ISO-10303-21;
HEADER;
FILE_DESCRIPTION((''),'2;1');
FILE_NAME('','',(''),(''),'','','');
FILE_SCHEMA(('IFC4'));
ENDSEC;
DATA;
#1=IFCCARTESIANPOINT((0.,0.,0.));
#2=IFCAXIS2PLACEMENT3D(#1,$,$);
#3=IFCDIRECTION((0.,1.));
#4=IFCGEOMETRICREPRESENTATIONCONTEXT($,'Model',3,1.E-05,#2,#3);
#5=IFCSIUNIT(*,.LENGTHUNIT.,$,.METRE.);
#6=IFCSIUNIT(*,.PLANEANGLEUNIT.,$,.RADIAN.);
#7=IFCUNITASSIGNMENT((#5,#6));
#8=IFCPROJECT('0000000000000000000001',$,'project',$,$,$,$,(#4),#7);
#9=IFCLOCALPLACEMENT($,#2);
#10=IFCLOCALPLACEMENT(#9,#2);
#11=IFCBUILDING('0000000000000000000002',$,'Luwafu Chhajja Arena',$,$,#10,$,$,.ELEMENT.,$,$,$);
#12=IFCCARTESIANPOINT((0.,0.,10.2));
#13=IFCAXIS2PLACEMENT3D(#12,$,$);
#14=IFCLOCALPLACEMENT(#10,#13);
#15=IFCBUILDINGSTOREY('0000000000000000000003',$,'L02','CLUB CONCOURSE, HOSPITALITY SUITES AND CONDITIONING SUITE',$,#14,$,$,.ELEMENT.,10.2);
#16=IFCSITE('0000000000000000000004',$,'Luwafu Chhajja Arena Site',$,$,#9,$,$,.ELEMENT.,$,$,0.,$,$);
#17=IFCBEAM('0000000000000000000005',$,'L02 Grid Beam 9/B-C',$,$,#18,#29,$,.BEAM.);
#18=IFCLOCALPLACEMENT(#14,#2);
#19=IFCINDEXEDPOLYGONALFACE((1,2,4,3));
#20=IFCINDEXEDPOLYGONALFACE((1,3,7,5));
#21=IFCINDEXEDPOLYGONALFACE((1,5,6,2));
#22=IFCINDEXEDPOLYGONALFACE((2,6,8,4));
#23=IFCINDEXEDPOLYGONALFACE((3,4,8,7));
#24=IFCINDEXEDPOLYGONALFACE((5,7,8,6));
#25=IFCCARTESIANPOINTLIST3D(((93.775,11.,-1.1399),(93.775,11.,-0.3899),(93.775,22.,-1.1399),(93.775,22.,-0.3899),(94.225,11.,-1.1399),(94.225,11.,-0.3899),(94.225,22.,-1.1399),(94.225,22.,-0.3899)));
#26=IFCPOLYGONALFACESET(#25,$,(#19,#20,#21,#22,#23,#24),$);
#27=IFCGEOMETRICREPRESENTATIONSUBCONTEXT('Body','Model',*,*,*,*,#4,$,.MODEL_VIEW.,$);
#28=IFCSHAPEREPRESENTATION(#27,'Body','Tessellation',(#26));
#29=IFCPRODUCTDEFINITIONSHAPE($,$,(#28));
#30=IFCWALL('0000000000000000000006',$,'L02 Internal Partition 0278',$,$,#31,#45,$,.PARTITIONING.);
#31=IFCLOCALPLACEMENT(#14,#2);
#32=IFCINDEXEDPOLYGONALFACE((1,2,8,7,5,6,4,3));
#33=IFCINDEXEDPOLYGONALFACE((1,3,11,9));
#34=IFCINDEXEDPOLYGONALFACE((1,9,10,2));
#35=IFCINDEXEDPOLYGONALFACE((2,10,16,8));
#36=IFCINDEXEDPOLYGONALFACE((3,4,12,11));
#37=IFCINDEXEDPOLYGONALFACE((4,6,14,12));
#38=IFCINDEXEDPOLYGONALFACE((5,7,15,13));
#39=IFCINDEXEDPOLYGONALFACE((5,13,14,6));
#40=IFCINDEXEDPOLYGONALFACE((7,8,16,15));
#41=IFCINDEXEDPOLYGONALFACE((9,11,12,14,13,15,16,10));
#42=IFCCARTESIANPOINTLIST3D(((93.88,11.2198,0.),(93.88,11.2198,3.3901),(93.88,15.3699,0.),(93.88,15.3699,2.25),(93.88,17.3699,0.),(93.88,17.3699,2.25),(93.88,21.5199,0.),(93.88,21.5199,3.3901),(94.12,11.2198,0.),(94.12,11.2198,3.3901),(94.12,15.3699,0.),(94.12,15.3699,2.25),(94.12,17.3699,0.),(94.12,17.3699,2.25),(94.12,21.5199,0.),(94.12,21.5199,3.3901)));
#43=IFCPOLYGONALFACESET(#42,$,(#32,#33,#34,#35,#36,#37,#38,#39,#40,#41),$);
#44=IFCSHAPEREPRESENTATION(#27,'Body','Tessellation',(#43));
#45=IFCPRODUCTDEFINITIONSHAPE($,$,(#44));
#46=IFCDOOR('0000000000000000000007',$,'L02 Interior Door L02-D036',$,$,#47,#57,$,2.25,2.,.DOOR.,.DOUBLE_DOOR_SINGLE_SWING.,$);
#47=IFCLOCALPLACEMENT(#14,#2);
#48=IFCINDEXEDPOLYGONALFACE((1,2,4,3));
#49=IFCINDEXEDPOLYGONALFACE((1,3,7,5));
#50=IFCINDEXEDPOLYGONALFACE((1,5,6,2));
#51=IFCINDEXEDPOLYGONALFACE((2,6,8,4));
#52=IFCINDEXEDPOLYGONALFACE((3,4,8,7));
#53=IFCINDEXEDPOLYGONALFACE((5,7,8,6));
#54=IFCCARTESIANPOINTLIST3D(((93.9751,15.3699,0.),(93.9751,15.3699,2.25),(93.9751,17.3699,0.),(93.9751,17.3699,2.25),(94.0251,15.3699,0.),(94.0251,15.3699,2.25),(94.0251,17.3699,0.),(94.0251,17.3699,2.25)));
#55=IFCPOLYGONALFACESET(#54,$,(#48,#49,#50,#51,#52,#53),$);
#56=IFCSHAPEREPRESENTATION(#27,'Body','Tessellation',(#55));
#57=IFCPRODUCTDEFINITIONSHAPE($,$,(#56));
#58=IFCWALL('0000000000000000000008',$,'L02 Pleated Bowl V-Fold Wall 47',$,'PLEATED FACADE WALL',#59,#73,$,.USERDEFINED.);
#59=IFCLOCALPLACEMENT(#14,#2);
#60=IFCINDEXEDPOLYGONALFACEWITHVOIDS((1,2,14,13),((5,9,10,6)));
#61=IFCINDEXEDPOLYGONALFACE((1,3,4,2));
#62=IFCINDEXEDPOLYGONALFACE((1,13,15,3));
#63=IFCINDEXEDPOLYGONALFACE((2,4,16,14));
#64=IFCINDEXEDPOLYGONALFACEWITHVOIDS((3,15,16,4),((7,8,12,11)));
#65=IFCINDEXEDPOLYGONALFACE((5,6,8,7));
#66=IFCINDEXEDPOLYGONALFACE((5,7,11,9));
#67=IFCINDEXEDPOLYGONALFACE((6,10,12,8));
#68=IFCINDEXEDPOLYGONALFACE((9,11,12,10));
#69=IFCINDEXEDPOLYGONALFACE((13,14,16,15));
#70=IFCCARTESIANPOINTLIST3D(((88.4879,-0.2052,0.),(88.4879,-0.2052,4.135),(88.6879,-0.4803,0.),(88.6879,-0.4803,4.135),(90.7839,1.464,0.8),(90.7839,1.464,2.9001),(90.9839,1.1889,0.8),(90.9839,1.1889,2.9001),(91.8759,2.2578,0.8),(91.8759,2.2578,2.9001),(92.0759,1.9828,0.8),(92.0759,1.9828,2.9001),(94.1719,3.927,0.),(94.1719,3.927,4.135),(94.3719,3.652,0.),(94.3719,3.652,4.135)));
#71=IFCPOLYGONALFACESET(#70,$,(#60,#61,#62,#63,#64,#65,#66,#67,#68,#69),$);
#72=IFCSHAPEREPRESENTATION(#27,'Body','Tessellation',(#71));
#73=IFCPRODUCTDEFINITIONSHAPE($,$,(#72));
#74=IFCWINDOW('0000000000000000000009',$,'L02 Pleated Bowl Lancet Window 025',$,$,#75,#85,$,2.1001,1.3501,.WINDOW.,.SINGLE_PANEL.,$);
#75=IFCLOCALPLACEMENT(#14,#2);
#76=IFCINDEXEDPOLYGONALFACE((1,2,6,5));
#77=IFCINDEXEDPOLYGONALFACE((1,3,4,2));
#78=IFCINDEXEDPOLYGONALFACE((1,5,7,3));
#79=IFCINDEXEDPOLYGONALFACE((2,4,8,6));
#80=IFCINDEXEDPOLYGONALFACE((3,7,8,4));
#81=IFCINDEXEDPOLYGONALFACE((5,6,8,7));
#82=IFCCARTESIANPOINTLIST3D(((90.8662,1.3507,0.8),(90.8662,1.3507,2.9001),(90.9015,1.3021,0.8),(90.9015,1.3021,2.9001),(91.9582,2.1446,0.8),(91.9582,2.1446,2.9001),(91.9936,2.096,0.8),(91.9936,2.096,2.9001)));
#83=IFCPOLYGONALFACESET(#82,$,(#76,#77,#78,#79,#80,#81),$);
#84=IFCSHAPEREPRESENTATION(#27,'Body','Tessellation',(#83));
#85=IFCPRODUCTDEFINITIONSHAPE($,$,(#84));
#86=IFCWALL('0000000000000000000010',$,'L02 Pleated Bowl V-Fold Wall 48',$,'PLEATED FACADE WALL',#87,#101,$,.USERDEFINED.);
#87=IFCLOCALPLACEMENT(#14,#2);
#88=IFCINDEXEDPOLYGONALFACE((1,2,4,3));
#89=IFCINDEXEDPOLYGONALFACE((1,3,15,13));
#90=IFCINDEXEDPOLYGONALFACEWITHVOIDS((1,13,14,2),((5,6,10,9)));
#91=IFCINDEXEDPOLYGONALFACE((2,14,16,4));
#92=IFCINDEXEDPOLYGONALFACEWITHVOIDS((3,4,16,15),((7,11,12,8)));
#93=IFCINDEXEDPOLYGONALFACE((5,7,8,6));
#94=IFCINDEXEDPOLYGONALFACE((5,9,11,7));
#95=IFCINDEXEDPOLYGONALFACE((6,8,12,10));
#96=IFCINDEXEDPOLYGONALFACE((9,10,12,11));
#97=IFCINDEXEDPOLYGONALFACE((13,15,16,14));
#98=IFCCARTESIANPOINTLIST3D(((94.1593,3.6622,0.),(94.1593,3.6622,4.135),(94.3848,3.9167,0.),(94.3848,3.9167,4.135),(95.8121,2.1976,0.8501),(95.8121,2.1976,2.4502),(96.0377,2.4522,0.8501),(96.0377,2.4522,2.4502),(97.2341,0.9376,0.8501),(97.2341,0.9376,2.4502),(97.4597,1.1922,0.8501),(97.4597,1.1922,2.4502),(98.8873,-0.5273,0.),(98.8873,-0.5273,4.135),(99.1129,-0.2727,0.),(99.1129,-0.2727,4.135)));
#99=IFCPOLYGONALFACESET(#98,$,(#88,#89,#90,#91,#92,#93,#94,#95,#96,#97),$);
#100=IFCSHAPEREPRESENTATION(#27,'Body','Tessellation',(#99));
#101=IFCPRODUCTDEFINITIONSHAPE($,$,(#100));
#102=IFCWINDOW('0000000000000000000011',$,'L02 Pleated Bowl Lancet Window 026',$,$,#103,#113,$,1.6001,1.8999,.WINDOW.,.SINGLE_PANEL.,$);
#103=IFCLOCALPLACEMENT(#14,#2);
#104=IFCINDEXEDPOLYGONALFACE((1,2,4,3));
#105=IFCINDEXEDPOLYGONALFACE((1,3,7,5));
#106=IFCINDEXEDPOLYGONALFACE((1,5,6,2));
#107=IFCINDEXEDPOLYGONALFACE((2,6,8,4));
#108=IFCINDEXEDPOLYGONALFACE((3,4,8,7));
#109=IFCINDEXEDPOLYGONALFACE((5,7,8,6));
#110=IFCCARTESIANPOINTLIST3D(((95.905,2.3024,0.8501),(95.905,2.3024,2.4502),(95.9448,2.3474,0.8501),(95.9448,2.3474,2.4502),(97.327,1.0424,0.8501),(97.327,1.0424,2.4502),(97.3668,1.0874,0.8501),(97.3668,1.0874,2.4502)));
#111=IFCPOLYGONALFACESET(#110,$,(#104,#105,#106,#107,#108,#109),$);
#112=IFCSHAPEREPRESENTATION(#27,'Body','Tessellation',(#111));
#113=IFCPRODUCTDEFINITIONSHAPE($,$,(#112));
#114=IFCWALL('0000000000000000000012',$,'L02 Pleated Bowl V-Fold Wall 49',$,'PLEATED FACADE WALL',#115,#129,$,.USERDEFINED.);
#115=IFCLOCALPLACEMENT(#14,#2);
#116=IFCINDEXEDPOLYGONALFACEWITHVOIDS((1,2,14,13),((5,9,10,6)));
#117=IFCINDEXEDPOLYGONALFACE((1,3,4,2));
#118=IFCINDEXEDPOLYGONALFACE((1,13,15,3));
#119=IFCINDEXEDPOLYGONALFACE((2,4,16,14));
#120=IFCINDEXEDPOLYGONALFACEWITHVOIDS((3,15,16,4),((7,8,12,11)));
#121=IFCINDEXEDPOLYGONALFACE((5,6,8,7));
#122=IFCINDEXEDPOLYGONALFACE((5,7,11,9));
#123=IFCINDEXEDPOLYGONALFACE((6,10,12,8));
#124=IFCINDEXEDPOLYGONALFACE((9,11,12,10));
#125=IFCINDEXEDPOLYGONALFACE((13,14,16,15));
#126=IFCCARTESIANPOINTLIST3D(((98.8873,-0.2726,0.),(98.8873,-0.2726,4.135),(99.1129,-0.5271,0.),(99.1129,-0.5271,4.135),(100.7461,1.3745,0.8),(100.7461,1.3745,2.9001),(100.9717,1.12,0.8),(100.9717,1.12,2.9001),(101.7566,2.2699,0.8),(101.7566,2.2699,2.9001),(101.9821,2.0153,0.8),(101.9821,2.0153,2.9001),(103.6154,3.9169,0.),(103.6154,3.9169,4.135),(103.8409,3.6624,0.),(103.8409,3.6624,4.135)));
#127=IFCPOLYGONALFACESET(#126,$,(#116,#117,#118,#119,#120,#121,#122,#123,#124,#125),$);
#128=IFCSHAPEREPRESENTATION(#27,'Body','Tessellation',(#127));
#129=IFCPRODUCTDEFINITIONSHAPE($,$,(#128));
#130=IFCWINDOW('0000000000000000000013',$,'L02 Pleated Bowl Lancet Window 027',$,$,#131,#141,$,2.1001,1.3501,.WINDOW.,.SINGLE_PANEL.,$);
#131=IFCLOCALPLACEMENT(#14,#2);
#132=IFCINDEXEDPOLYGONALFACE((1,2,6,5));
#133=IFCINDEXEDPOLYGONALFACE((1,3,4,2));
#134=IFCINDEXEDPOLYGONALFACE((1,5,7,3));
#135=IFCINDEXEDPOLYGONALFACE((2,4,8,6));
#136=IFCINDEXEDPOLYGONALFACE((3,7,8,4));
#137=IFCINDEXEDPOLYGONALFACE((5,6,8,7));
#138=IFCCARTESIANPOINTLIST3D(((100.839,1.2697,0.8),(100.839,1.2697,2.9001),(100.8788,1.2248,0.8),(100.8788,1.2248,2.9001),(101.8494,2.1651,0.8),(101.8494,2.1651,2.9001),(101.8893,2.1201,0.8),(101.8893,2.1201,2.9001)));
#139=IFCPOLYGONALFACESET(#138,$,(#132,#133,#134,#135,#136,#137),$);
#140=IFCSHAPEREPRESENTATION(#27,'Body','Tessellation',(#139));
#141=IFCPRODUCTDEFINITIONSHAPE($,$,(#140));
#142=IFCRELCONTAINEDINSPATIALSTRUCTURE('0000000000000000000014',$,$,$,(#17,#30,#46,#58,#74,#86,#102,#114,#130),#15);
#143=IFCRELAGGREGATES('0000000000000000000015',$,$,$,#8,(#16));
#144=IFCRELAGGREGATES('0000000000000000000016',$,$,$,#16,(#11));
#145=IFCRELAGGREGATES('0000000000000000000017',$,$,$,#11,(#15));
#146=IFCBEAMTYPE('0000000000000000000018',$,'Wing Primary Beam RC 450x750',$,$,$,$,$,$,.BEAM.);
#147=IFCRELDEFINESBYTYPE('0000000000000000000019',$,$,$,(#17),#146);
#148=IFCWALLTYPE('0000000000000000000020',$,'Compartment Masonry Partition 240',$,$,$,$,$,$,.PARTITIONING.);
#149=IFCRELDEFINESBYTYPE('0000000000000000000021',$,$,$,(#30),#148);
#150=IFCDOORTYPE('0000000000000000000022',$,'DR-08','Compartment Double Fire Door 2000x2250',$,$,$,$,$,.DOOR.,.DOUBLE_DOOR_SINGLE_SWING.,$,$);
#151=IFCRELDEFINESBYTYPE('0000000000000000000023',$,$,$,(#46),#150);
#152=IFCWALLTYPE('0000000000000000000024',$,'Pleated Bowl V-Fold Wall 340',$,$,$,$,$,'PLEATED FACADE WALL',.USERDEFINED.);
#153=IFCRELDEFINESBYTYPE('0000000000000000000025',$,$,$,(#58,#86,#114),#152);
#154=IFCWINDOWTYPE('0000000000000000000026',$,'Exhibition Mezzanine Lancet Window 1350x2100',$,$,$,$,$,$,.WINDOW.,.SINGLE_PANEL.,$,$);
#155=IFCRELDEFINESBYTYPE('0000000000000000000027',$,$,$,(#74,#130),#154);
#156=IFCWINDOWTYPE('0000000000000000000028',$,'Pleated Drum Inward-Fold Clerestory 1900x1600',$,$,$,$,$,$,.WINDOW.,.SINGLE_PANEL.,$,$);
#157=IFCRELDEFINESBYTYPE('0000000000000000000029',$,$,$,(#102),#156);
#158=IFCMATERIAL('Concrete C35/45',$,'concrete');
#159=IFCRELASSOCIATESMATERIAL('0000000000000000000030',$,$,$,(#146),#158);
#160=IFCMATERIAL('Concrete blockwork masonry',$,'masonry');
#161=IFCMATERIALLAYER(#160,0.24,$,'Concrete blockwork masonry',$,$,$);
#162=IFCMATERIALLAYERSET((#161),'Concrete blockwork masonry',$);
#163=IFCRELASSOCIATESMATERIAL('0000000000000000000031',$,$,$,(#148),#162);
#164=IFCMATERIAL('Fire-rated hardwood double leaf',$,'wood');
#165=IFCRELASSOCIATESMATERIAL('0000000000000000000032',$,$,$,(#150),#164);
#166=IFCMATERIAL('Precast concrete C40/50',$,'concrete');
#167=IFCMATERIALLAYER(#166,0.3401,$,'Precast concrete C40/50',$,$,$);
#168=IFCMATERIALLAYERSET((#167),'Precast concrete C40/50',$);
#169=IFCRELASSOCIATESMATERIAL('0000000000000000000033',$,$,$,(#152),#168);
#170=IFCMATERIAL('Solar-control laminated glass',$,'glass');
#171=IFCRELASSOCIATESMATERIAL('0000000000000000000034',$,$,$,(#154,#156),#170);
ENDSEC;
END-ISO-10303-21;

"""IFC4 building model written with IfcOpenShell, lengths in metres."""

from ifc_helpers import new_model, si_unit, direction, frame, frame_2d, origin, origin_2d, place, context, subcontext, project, spatial, rectangle, extrude, material, layer, layer_set, material_profile, profile_set, type_object, element, fill, save


model = new_model("IFC4")

# Units and contexts
model_context = context("Model", 3, precision=1e-05, world=origin(), true_north=direction((0.0, 1.0)))
body_context = subcontext(model_context, "Body", "Model", "MODEL_VIEW")
ifc_project = project(units=[si_unit("LENGTHUNIT", "METRE"), si_unit("PLANEANGLEUNIT", "RADIAN")], contexts=[model_context])

# Site, building, storey
site_placement = place(None, origin())
site = spatial("IfcSite", under=ifc_project, at=site_placement, Name="Luwafu Chhajja Arena Site", CompositionType="ELEMENT", RefElevation=0.0)
building_placement = place(site_placement, origin())
building = spatial("IfcBuilding", under=site, at=building_placement, Name="Luwafu Chhajja Arena", CompositionType="ELEMENT")
storey_placement = place(building_placement, frame((0.0, 0.0, 10.2)))
storey = spatial("IfcBuildingStorey", under=building, at=storey_placement, Name="L02", Description="CLUB CONCOURSE, HOSPITALITY SUITES AND CONDITIONING SUITE", CompositionType="ELEMENT", Elevation=10.2)

# Shared definitions
ifc_material_1 = material(Name="Concrete C35/45", Category="concrete")

# Beam
ifc_material_profile_1 = material_profile(ifc_material_1, rectangle(XDim=0.45, YDim=0.75, at=origin_2d()), Name="RC 450x750")
ifc_profile_set_1 = profile_set([ifc_material_profile_1], Name="Concrete C35/45")
beam_type_1 = type_object("IfcBeamType", Name="Wing Primary Beam RC 450x750", PredefinedType="BEAM", material=ifc_profile_set_1)
beam_1_placement = place(storey_placement, frame((94.0, 11.0, -0.7649), z_axis=(0.0, 1.0, 0.0), x_axis=(-1.0, 0.0, 0.0)))
element("IfcBeam", 1, at=beam_1_placement, inside=storey, type_object=beam_type_1, Name="L02 Grid Beam 9/B-C", PredefinedType="BEAM", context=body_context, shape_type="SweptSolid", body=[
    extrude(rectangle(XDim=0.45, YDim=0.75, at=origin_2d()), origin(), (0.0, 0.0, 1.0), 11.0),
])

# Wall, opening, door
ifc_material_2 = material(Name="Concrete blockwork masonry", Category="masonry")
ifc_layer_1 = layer(ifc_material_2, 0.24, Name="Concrete blockwork masonry")
ifc_layer_set_1 = layer_set([ifc_layer_1], Name="Concrete blockwork masonry")
wall_type_1 = type_object("IfcWallType", Name="Compartment Masonry Partition 240", PredefinedType="PARTITIONING", material=ifc_layer_set_1)
wall_1_placement = place(storey_placement, frame((94.0, 11.22, 0.0), z_axis=(0.0, 0.0, 1.0), x_axis=(0.0, 1.0, 0.0)))
wall_1 = element("IfcWall", 2, at=wall_1_placement, inside=storey, type_object=wall_type_1, Name="L02 Internal Partition 0278", PredefinedType="PARTITIONING", context=body_context, shape_type="SweptSolid", body=[
    extrude(rectangle(XDim=10.3, YDim=0.24, at=frame_2d((5.1499, 0.0))), origin(), (0.0, 0.0, 1.0), 3.3901),
])
opening_1_placement = place(wall_1_placement, frame((4.1499, 0.0, 0.0)))
opening_1 = element("IfcOpeningElement", 3, at=opening_1_placement, cuts=wall_1, PredefinedType="OPENING", context=body_context, shape_type="SweptSolid", body=[
    extrude(rectangle(XDim=2.0, YDim=2.25, at=frame_2d((1.0, 1.125))), frame((0.0, 0.1299, 0.0), z_axis=(0.0, -1.0, 0.0), x_axis=(1.0, 0.0, 0.0)), (0.0, 0.0, 1.0), 0.26),
])
ifc_material_3 = material(Name="Fire-rated hardwood double leaf", Category="wood")
door_type_1 = type_object("IfcDoorType", Name="DR-08", Description="Compartment Double Fire Door 2000x2250", OperationType="DOUBLE_DOOR_SINGLE_SWING", PredefinedType="DOOR", material=ifc_material_3)
door_1_placement = place(opening_1_placement, origin())
door_1 = element("IfcDoor", 4, at=door_1_placement, inside=storey, type_object=door_type_1, Name="L02 Interior Door L02-D036", OperationType="DOUBLE_DOOR_SINGLE_SWING", OverallHeight=2.25, OverallWidth=2.0, PredefinedType="DOOR", context=body_context, shape_type="SweptSolid", body=[
    extrude(rectangle(XDim=2.0, YDim=2.25, at=frame_2d((1.0, 1.125))), frame((0.0, 0.0249, 0.0), z_axis=(0.0, -1.0, 0.0), x_axis=(1.0, 0.0, 0.0)), (0.0, 0.0, 1.0), 0.05),
])
fill(opening_1, door_1)

# Walls, openings, windows
ifc_material_4 = material(Name="Precast concrete C40/50", Category="concrete")
ifc_layer_2 = layer(ifc_material_4, 0.3401, Name="Precast concrete C40/50")
ifc_layer_set_2 = layer_set([ifc_layer_2], Name="Precast concrete C40/50")
wall_type_2 = type_object("IfcWallType", Name="Pleated Bowl V-Fold Wall 340", ElementType="PLEATED FACADE WALL", PredefinedType="USERDEFINED", material=ifc_layer_set_2)
wall_2_placement = place(storey_placement, frame((88.5879, -0.3428, 0.0), z_axis=(0.0, 0.0, 1.0), x_axis=(0.808841, 0.588027, 0.0)))
wall_2 = element("IfcWall", 5, at=wall_2_placement, inside=storey, type_object=wall_type_2, Name="L02 Pleated Bowl V-Fold Wall 47", ObjectType="PLEATED FACADE WALL", PredefinedType="USERDEFINED", context=body_context, shape_type="SweptSolid", body=[
    extrude(rectangle(XDim=7.0273, YDim=0.3401, at=frame_2d((3.5137, 0.0))), origin(), (0.0, 0.0, 1.0), 4.135),
])
opening_2_placement = place(wall_2_placement, frame((2.8386, 0.0, 0.8)))
opening_2 = element("IfcOpeningElement", 6, at=opening_2_placement, cuts=wall_2, PredefinedType="OPENING", context=body_context, shape_type="SweptSolid", body=[
    extrude(rectangle(XDim=1.3501, YDim=2.1001, at=frame_2d((0.675, 1.05))), frame((0.0, 0.1799, 0.0), z_axis=(0.0, -1.0, 0.0), x_axis=(1.0, 0.0, 0.0)), (0.0, 0.0, 1.0), 0.3601),
])
ifc_material_5 = material(Name="Solar-control laminated glass", Category="glass")
window_type_1 = type_object("IfcWindowType", Name="Exhibition Mezzanine Lancet Window 1350x2100", PartitioningType="SINGLE_PANEL", PredefinedType="WINDOW", material=ifc_material_5)
window_1_placement = place(opening_2_placement, origin())
window_1 = element("IfcWindow", 7, at=window_1_placement, inside=storey, type_object=window_type_1, Name="L02 Pleated Bowl Lancet Window 025", OverallHeight=2.1001, OverallWidth=1.3501, PartitioningType="SINGLE_PANEL", PredefinedType="WINDOW", context=body_context, shape_type="SweptSolid", body=[
    extrude(rectangle(XDim=1.3501, YDim=2.1001, at=frame_2d((0.675, 1.05))), frame((0.0, 0.03, 0.0), z_axis=(0.0, -1.0, 0.0), x_axis=(1.0, 0.0, 0.0)), (0.0, 0.0, 1.0), 0.0601),
])
fill(opening_2, window_1)
wall_3_placement = place(storey_placement, frame((94.272, 3.7896, 0.0), z_axis=(0.0, 0.0, 1.0), x_axis=(0.748449, -0.663192, 0.0)))
wall_3 = element("IfcWall", 8, at=wall_3_placement, inside=storey, type_object=wall_type_2, Name="L02 Pleated Bowl V-Fold Wall 48", ObjectType="PLEATED FACADE WALL", PredefinedType="USERDEFINED", context=body_context, shape_type="SweptSolid", body=[
    extrude(rectangle(XDim=6.3171, YDim=0.3401, at=frame_2d((3.1587, 0.0))), origin(), (0.0, 0.0, 1.0), 4.135),
])
opening_3_placement = place(wall_3_placement, frame((2.2085, 0.0, 0.8501)))
opening_3 = element("IfcOpeningElement", 9, at=opening_3_placement, cuts=wall_3, PredefinedType="OPENING", context=body_context, shape_type="SweptSolid", body=[
    extrude(rectangle(XDim=1.8999, YDim=1.6001, at=frame_2d((0.95, 0.8))), frame((0.0, 0.1799, 0.0), z_axis=(0.0, -1.0, 0.0), x_axis=(1.0, 0.0, 0.0)), (0.0, 0.0, 1.0), 0.3601),
])
window_type_2 = type_object("IfcWindowType", Name="Pleated Drum Inward-Fold Clerestory 1900x1600", PartitioningType="SINGLE_PANEL", PredefinedType="WINDOW", material=ifc_material_5)
window_2_placement = place(opening_3_placement, origin())
window_2 = element("IfcWindow", 10, at=window_2_placement, inside=storey, type_object=window_type_2, Name="L02 Pleated Bowl Lancet Window 026", OverallHeight=1.6001, OverallWidth=1.8999, PartitioningType="SINGLE_PANEL", PredefinedType="WINDOW", context=body_context, shape_type="SweptSolid", body=[
    extrude(rectangle(XDim=1.8999, YDim=1.6001, at=frame_2d((0.95, 0.8))), frame((0.0, 0.03, 0.0), z_axis=(0.0, -1.0, 0.0), x_axis=(1.0, 0.0, 0.0)), (0.0, 0.0, 1.0), 0.0601),
])
fill(opening_3, window_2)
wall_4_placement = place(storey_placement, frame((99.0, -0.3999, 0.0), z_axis=(0.0, 0.0, 1.0), x_axis=(0.748449, 0.663192, 0.0)))
wall_4 = element("IfcWall", 11, at=wall_4_placement, inside=storey, type_object=wall_type_2, Name="L02 Pleated Bowl V-Fold Wall 49", ObjectType="PLEATED FACADE WALL", PredefinedType="USERDEFINED", context=body_context, shape_type="SweptSolid", body=[
    extrude(rectangle(XDim=6.3171, YDim=0.3401, at=frame_2d((3.1587, 0.0))), origin(), (0.0, 0.0, 1.0), 4.135),
])
opening_4_placement = place(wall_4_placement, frame((2.4836, 0.0, 0.8)))
opening_4 = element("IfcOpeningElement", 12, at=opening_4_placement, cuts=wall_4, PredefinedType="OPENING", context=body_context, shape_type="SweptSolid", body=[
    extrude(rectangle(XDim=1.3501, YDim=2.1001, at=frame_2d((0.675, 1.05))), frame((0.0, 0.1799, 0.0), z_axis=(0.0, -1.0, 0.0), x_axis=(1.0, 0.0, 0.0)), (0.0, 0.0, 1.0), 0.3601),
])
window_3_placement = place(opening_4_placement, origin())
window_3 = element("IfcWindow", 13, at=window_3_placement, inside=storey, type_object=window_type_1, Name="L02 Pleated Bowl Lancet Window 027", OverallHeight=2.1001, OverallWidth=1.3501, PartitioningType="SINGLE_PANEL", PredefinedType="WINDOW", context=body_context, shape_type="SweptSolid", body=[
    extrude(rectangle(XDim=1.3501, YDim=2.1001, at=frame_2d((0.675, 1.05))), frame((0.0, 0.03, 0.0), z_axis=(0.0, -1.0, 0.0), x_axis=(1.0, 0.0, 0.0)), (0.0, 0.0, 1.0), 0.0601),
])
fill(opening_4, window_3)

save(model, "model.ifc")
